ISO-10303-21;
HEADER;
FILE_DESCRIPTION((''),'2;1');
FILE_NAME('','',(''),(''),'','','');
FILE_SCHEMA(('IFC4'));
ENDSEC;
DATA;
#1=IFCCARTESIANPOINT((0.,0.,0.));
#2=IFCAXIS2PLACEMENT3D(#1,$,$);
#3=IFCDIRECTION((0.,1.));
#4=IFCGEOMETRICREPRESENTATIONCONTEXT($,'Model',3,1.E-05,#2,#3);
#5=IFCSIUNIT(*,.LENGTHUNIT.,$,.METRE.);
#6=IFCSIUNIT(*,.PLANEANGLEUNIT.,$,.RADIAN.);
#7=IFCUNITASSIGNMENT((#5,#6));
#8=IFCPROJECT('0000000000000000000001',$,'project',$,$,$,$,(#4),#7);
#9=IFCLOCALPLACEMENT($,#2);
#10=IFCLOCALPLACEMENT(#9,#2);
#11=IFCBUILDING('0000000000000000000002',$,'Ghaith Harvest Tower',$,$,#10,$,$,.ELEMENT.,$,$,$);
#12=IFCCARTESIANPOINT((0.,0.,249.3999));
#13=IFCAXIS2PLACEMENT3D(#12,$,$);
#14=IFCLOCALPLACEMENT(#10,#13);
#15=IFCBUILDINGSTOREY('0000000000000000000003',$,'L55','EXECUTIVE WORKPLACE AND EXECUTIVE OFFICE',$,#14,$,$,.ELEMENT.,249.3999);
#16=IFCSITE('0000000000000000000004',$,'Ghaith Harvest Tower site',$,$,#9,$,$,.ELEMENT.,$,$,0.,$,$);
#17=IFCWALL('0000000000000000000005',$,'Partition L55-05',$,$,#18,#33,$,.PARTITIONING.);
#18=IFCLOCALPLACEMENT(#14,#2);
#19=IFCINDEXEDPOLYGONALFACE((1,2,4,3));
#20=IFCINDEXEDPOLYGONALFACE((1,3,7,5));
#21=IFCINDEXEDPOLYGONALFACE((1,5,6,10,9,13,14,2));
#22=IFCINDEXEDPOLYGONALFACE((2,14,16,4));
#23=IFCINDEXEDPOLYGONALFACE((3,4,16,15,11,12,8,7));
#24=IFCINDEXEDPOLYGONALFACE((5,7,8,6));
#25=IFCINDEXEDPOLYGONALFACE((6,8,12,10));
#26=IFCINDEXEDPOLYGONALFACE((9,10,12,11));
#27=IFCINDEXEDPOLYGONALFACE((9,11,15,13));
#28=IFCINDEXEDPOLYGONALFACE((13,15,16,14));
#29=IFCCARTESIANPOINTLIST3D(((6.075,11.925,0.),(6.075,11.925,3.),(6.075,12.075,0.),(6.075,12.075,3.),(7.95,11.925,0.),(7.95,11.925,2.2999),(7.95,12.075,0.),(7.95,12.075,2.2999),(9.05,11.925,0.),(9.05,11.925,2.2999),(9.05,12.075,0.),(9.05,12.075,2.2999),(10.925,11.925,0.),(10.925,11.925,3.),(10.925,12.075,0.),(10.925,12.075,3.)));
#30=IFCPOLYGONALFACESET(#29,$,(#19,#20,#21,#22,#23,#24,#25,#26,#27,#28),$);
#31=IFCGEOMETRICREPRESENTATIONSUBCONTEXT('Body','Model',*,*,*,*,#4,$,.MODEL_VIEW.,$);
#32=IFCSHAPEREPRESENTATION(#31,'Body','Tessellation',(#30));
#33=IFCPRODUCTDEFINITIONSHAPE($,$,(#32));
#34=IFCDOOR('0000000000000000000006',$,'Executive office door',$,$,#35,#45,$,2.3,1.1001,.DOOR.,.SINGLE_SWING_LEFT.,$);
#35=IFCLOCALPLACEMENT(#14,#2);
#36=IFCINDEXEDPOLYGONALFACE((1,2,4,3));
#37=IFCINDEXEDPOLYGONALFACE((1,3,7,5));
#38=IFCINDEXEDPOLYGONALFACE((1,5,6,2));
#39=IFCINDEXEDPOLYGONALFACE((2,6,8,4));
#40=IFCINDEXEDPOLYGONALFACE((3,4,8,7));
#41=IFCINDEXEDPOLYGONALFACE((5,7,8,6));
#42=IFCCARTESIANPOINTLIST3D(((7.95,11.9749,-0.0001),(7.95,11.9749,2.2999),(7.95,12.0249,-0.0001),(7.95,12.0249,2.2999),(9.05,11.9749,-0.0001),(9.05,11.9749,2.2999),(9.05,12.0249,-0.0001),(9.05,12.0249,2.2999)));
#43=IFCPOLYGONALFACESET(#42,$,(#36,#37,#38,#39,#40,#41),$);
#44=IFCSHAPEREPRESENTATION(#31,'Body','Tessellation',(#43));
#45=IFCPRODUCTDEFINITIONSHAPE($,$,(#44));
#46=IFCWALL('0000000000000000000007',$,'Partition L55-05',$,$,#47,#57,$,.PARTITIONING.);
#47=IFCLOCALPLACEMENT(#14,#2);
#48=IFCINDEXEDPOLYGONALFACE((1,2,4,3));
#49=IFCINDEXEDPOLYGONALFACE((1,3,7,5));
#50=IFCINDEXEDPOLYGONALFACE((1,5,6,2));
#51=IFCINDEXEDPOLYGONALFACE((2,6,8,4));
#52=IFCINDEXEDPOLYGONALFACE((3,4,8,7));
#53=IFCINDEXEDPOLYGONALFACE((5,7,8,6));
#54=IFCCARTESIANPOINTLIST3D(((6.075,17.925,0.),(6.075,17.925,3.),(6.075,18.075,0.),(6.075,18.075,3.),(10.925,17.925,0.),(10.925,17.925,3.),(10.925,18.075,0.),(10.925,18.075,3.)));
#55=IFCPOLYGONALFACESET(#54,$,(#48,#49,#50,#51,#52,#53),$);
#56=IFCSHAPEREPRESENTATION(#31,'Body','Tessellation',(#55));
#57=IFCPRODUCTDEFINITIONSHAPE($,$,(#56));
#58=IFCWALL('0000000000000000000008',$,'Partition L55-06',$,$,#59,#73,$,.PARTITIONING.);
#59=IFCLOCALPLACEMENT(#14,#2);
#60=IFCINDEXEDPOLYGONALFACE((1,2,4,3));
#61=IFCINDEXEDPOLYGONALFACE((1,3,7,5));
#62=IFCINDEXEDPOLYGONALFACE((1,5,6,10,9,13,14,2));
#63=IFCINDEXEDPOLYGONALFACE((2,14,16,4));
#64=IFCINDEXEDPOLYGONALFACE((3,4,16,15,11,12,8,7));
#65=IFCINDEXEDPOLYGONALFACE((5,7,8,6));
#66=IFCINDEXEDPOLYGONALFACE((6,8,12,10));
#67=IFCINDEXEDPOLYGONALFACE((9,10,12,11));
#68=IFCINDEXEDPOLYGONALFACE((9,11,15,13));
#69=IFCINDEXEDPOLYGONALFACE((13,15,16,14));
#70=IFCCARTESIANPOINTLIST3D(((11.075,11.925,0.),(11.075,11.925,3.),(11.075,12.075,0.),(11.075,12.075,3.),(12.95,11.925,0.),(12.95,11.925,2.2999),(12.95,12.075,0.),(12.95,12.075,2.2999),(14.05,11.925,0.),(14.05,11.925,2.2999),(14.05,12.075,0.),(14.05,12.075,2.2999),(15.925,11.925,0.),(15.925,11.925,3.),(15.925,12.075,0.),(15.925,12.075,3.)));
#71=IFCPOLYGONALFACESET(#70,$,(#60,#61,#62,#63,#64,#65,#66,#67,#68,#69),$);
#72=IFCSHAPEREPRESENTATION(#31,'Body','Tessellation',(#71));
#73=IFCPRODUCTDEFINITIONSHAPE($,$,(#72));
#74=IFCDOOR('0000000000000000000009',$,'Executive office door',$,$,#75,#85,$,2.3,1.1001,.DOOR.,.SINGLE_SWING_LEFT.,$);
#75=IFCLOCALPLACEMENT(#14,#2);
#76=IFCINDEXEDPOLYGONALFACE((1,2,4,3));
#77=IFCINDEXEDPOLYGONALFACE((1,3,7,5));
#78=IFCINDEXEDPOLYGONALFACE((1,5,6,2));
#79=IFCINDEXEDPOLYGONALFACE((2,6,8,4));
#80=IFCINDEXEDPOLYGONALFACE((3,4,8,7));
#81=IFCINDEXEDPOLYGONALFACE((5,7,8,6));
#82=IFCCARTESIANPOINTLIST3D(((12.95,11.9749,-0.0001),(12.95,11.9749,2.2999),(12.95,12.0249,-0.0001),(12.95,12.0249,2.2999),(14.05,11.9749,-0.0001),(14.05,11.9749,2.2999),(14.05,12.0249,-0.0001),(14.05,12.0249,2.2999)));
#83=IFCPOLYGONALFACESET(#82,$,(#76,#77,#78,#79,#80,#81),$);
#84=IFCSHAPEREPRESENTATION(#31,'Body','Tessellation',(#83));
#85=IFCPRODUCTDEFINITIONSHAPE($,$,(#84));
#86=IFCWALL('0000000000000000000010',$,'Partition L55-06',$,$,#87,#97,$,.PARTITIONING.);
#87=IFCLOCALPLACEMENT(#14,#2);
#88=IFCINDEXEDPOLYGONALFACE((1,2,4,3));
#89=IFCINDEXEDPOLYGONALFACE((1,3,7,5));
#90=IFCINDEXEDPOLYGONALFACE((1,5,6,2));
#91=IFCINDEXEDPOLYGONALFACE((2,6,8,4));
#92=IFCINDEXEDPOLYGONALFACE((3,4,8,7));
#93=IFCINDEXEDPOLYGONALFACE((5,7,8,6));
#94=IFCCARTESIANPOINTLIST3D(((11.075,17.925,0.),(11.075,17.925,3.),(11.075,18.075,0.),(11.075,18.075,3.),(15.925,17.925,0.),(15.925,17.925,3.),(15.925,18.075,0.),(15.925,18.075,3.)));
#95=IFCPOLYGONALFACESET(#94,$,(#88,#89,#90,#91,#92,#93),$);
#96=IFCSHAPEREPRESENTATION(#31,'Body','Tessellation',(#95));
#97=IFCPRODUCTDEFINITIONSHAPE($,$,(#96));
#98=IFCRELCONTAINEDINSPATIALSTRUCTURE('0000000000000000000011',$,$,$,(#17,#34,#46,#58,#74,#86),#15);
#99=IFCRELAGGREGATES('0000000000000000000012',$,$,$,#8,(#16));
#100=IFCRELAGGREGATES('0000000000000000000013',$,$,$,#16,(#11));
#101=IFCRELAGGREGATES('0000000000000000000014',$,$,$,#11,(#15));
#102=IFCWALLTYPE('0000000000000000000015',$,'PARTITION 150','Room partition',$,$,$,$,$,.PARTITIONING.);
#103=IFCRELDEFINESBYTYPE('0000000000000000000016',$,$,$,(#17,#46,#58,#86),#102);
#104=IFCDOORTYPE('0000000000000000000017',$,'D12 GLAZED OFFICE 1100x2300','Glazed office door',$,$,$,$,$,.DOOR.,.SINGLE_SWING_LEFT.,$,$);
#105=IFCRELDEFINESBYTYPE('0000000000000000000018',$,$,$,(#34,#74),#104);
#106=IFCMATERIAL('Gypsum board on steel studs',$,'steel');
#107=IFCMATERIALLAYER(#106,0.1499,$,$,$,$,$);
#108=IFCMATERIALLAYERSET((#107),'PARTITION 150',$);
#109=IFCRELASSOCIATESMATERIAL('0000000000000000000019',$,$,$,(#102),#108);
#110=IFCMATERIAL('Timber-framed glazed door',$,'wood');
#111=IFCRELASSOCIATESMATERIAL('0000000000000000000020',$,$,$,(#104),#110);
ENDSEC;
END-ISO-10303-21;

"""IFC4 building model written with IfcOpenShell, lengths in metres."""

from ifc_helpers import new_model, si_unit, direction, frame, frame_2d, origin, place, context, subcontext, project, spatial, rectangle, extrude, material, layer, layer_set, type_object, element, fill, save


model = new_model("IFC4")

# Units and contexts
model_context = context("Model", 3, precision=1e-05, world=origin(), true_north=direction((0.0, 1.0)))
body_context = subcontext(model_context, "Body", "Model", "MODEL_VIEW")
ifc_project = project(units=[si_unit("LENGTHUNIT", "METRE"), si_unit("PLANEANGLEUNIT", "RADIAN")], contexts=[model_context])

# Site, building, storey
site_placement = place(None, origin())
site = spatial("IfcSite", under=ifc_project, at=site_placement, Name="Ghaith Harvest Tower site", CompositionType="ELEMENT", RefElevation=0.0)
building_placement = place(site_placement, origin())
building = spatial("IfcBuilding", under=site, at=building_placement, Name="Ghaith Harvest Tower", CompositionType="ELEMENT")
storey_placement = place(building_placement, frame((0.0, 0.0, 249.3999)))
storey = spatial("IfcBuildingStorey", under=building, at=storey_placement, Name="L55", Description="EXECUTIVE WORKPLACE AND EXECUTIVE OFFICE", CompositionType="ELEMENT", Elevation=249.3999)

# Shared definitions
ifc_material_1 = material(Name="Gypsum board on steel studs", Category="steel")
ifc_layer_1 = layer(ifc_material_1, 0.1499)
ifc_layer_set_1 = layer_set([ifc_layer_1], Name="PARTITION 150")
wall_type = type_object("IfcWallType", Name="PARTITION 150", Description="Room partition", PredefinedType="PARTITIONING", material=ifc_layer_set_1)

# Shared definitions
ifc_material_2 = material(Name="Timber-framed glazed door", Category="wood")
door_type = type_object("IfcDoorType", Name="D12 GLAZED OFFICE 1100x2300", Description="Glazed office door", OperationType="SINGLE_SWING_LEFT", PredefinedType="DOOR", material=ifc_material_2)

# Wall, opening, door
wall_1_placement = place(storey_placement, frame((6.075, 12.0, 0.0), z_axis=(0.0, 0.0, 1.0), x_axis=(1.0, 0.0, 0.0)))
wall_1 = element("IfcWall", 1, at=wall_1_placement, inside=storey, type_object=wall_type, Name="Partition L55-05", PredefinedType="PARTITIONING", context=body_context, shape_type="SweptSolid", body=[
    extrude(rectangle(XDim=4.8501, YDim=0.1499, at=frame_2d((2.425, 0.0))), origin(), (0.0, 0.0, 1.0), 3.0),
])
opening_1_placement = place(wall_1_placement, frame((1.875, 0.0, 0.0)))
opening_1 = element("IfcOpeningElement", 2, at=opening_1_placement, cuts=wall_1, PredefinedType="OPENING", context=body_context, shape_type="SweptSolid", body=[
    extrude(rectangle(XDim=1.1001, YDim=2.3, at=frame_2d((0.55, 1.1499))), frame((0.0, 0.085, 0.0), z_axis=(0.0, -1.0, 0.0), x_axis=(1.0, 0.0, 0.0)), (0.0, 0.0, 1.0), 0.1699),
])
door_1_placement = place(opening_1_placement, origin())
door_1 = element("IfcDoor", 3, at=door_1_placement, inside=storey, type_object=door_type, Name="Executive office door", OperationType="SINGLE_SWING_LEFT", OverallHeight=2.3, OverallWidth=1.1001, PredefinedType="DOOR", context=body_context, shape_type="SweptSolid", body=[
    extrude(rectangle(XDim=1.1001, YDim=2.3, at=frame_2d((0.55, 1.1499))), frame((0.0, 0.0249, 0.0), z_axis=(0.0, -1.0, 0.0), x_axis=(1.0, 0.0, 0.0)), (0.0, 0.0, 1.0), 0.05),
])
fill(opening_1, door_1)

# Wall
wall_2_placement = place(storey_placement, frame((6.075, 18.0, 0.0), z_axis=(0.0, 0.0, 1.0), x_axis=(1.0, 0.0, 0.0)))
element("IfcWall", 4, at=wall_2_placement, inside=storey, type_object=wall_type, Name="Partition L55-05", PredefinedType="PARTITIONING", context=body_context, shape_type="SweptSolid", body=[
    extrude(rectangle(XDim=4.8501, YDim=0.1499, at=frame_2d((2.425, 0.0))), origin(), (0.0, 0.0, 1.0), 3.0),
])

# Wall, opening, door
wall_3_placement = place(storey_placement, frame((11.075, 12.0, 0.0), z_axis=(0.0, 0.0, 1.0), x_axis=(1.0, 0.0, 0.0)))
wall_3 = element("IfcWall", 5, at=wall_3_placement, inside=storey, type_object=wall_type, Name="Partition L55-06", PredefinedType="PARTITIONING", context=body_context, shape_type="SweptSolid", body=[
    extrude(rectangle(XDim=4.8501, YDim=0.1499, at=frame_2d((2.425, 0.0))), origin(), (0.0, 0.0, 1.0), 3.0),
])
opening_2_placement = place(wall_3_placement, frame((1.875, 0.0, 0.0)))
opening_2 = element("IfcOpeningElement", 6, at=opening_2_placement, cuts=wall_3, PredefinedType="OPENING", context=body_context, shape_type="SweptSolid", body=[
    extrude(rectangle(XDim=1.1001, YDim=2.3, at=frame_2d((0.55, 1.1499))), frame((0.0, 0.085, 0.0), z_axis=(0.0, -1.0, 0.0), x_axis=(1.0, 0.0, 0.0)), (0.0, 0.0, 1.0), 0.1699),
])
door_2_placement = place(opening_2_placement, origin())
door_2 = element("IfcDoor", 7, at=door_2_placement, inside=storey, type_object=door_type, Name="Executive office door", OperationType="SINGLE_SWING_LEFT", OverallHeight=2.3, OverallWidth=1.1001, PredefinedType="DOOR", context=body_context, shape_type="SweptSolid", body=[
    extrude(rectangle(XDim=1.1001, YDim=2.3, at=frame_2d((0.55, 1.1499))), frame((0.0, 0.0249, 0.0), z_axis=(0.0, -1.0, 0.0), x_axis=(1.0, 0.0, 0.0)), (0.0, 0.0, 1.0), 0.05),
])
fill(opening_2, door_2)

# Wall
wall_4_placement = place(storey_placement, frame((11.075, 18.0, 0.0), z_axis=(0.0, 0.0, 1.0), x_axis=(1.0, 0.0, 0.0)))
element("IfcWall", 8, at=wall_4_placement, inside=storey, type_object=wall_type, Name="Partition L55-06", PredefinedType="PARTITIONING", context=body_context, shape_type="SweptSolid", body=[
    extrude(rectangle(XDim=4.8501, YDim=0.1499, at=frame_2d((2.425, 0.0))), origin(), (0.0, 0.0, 1.0), 3.0),
])

save(model, "model.ifc")
